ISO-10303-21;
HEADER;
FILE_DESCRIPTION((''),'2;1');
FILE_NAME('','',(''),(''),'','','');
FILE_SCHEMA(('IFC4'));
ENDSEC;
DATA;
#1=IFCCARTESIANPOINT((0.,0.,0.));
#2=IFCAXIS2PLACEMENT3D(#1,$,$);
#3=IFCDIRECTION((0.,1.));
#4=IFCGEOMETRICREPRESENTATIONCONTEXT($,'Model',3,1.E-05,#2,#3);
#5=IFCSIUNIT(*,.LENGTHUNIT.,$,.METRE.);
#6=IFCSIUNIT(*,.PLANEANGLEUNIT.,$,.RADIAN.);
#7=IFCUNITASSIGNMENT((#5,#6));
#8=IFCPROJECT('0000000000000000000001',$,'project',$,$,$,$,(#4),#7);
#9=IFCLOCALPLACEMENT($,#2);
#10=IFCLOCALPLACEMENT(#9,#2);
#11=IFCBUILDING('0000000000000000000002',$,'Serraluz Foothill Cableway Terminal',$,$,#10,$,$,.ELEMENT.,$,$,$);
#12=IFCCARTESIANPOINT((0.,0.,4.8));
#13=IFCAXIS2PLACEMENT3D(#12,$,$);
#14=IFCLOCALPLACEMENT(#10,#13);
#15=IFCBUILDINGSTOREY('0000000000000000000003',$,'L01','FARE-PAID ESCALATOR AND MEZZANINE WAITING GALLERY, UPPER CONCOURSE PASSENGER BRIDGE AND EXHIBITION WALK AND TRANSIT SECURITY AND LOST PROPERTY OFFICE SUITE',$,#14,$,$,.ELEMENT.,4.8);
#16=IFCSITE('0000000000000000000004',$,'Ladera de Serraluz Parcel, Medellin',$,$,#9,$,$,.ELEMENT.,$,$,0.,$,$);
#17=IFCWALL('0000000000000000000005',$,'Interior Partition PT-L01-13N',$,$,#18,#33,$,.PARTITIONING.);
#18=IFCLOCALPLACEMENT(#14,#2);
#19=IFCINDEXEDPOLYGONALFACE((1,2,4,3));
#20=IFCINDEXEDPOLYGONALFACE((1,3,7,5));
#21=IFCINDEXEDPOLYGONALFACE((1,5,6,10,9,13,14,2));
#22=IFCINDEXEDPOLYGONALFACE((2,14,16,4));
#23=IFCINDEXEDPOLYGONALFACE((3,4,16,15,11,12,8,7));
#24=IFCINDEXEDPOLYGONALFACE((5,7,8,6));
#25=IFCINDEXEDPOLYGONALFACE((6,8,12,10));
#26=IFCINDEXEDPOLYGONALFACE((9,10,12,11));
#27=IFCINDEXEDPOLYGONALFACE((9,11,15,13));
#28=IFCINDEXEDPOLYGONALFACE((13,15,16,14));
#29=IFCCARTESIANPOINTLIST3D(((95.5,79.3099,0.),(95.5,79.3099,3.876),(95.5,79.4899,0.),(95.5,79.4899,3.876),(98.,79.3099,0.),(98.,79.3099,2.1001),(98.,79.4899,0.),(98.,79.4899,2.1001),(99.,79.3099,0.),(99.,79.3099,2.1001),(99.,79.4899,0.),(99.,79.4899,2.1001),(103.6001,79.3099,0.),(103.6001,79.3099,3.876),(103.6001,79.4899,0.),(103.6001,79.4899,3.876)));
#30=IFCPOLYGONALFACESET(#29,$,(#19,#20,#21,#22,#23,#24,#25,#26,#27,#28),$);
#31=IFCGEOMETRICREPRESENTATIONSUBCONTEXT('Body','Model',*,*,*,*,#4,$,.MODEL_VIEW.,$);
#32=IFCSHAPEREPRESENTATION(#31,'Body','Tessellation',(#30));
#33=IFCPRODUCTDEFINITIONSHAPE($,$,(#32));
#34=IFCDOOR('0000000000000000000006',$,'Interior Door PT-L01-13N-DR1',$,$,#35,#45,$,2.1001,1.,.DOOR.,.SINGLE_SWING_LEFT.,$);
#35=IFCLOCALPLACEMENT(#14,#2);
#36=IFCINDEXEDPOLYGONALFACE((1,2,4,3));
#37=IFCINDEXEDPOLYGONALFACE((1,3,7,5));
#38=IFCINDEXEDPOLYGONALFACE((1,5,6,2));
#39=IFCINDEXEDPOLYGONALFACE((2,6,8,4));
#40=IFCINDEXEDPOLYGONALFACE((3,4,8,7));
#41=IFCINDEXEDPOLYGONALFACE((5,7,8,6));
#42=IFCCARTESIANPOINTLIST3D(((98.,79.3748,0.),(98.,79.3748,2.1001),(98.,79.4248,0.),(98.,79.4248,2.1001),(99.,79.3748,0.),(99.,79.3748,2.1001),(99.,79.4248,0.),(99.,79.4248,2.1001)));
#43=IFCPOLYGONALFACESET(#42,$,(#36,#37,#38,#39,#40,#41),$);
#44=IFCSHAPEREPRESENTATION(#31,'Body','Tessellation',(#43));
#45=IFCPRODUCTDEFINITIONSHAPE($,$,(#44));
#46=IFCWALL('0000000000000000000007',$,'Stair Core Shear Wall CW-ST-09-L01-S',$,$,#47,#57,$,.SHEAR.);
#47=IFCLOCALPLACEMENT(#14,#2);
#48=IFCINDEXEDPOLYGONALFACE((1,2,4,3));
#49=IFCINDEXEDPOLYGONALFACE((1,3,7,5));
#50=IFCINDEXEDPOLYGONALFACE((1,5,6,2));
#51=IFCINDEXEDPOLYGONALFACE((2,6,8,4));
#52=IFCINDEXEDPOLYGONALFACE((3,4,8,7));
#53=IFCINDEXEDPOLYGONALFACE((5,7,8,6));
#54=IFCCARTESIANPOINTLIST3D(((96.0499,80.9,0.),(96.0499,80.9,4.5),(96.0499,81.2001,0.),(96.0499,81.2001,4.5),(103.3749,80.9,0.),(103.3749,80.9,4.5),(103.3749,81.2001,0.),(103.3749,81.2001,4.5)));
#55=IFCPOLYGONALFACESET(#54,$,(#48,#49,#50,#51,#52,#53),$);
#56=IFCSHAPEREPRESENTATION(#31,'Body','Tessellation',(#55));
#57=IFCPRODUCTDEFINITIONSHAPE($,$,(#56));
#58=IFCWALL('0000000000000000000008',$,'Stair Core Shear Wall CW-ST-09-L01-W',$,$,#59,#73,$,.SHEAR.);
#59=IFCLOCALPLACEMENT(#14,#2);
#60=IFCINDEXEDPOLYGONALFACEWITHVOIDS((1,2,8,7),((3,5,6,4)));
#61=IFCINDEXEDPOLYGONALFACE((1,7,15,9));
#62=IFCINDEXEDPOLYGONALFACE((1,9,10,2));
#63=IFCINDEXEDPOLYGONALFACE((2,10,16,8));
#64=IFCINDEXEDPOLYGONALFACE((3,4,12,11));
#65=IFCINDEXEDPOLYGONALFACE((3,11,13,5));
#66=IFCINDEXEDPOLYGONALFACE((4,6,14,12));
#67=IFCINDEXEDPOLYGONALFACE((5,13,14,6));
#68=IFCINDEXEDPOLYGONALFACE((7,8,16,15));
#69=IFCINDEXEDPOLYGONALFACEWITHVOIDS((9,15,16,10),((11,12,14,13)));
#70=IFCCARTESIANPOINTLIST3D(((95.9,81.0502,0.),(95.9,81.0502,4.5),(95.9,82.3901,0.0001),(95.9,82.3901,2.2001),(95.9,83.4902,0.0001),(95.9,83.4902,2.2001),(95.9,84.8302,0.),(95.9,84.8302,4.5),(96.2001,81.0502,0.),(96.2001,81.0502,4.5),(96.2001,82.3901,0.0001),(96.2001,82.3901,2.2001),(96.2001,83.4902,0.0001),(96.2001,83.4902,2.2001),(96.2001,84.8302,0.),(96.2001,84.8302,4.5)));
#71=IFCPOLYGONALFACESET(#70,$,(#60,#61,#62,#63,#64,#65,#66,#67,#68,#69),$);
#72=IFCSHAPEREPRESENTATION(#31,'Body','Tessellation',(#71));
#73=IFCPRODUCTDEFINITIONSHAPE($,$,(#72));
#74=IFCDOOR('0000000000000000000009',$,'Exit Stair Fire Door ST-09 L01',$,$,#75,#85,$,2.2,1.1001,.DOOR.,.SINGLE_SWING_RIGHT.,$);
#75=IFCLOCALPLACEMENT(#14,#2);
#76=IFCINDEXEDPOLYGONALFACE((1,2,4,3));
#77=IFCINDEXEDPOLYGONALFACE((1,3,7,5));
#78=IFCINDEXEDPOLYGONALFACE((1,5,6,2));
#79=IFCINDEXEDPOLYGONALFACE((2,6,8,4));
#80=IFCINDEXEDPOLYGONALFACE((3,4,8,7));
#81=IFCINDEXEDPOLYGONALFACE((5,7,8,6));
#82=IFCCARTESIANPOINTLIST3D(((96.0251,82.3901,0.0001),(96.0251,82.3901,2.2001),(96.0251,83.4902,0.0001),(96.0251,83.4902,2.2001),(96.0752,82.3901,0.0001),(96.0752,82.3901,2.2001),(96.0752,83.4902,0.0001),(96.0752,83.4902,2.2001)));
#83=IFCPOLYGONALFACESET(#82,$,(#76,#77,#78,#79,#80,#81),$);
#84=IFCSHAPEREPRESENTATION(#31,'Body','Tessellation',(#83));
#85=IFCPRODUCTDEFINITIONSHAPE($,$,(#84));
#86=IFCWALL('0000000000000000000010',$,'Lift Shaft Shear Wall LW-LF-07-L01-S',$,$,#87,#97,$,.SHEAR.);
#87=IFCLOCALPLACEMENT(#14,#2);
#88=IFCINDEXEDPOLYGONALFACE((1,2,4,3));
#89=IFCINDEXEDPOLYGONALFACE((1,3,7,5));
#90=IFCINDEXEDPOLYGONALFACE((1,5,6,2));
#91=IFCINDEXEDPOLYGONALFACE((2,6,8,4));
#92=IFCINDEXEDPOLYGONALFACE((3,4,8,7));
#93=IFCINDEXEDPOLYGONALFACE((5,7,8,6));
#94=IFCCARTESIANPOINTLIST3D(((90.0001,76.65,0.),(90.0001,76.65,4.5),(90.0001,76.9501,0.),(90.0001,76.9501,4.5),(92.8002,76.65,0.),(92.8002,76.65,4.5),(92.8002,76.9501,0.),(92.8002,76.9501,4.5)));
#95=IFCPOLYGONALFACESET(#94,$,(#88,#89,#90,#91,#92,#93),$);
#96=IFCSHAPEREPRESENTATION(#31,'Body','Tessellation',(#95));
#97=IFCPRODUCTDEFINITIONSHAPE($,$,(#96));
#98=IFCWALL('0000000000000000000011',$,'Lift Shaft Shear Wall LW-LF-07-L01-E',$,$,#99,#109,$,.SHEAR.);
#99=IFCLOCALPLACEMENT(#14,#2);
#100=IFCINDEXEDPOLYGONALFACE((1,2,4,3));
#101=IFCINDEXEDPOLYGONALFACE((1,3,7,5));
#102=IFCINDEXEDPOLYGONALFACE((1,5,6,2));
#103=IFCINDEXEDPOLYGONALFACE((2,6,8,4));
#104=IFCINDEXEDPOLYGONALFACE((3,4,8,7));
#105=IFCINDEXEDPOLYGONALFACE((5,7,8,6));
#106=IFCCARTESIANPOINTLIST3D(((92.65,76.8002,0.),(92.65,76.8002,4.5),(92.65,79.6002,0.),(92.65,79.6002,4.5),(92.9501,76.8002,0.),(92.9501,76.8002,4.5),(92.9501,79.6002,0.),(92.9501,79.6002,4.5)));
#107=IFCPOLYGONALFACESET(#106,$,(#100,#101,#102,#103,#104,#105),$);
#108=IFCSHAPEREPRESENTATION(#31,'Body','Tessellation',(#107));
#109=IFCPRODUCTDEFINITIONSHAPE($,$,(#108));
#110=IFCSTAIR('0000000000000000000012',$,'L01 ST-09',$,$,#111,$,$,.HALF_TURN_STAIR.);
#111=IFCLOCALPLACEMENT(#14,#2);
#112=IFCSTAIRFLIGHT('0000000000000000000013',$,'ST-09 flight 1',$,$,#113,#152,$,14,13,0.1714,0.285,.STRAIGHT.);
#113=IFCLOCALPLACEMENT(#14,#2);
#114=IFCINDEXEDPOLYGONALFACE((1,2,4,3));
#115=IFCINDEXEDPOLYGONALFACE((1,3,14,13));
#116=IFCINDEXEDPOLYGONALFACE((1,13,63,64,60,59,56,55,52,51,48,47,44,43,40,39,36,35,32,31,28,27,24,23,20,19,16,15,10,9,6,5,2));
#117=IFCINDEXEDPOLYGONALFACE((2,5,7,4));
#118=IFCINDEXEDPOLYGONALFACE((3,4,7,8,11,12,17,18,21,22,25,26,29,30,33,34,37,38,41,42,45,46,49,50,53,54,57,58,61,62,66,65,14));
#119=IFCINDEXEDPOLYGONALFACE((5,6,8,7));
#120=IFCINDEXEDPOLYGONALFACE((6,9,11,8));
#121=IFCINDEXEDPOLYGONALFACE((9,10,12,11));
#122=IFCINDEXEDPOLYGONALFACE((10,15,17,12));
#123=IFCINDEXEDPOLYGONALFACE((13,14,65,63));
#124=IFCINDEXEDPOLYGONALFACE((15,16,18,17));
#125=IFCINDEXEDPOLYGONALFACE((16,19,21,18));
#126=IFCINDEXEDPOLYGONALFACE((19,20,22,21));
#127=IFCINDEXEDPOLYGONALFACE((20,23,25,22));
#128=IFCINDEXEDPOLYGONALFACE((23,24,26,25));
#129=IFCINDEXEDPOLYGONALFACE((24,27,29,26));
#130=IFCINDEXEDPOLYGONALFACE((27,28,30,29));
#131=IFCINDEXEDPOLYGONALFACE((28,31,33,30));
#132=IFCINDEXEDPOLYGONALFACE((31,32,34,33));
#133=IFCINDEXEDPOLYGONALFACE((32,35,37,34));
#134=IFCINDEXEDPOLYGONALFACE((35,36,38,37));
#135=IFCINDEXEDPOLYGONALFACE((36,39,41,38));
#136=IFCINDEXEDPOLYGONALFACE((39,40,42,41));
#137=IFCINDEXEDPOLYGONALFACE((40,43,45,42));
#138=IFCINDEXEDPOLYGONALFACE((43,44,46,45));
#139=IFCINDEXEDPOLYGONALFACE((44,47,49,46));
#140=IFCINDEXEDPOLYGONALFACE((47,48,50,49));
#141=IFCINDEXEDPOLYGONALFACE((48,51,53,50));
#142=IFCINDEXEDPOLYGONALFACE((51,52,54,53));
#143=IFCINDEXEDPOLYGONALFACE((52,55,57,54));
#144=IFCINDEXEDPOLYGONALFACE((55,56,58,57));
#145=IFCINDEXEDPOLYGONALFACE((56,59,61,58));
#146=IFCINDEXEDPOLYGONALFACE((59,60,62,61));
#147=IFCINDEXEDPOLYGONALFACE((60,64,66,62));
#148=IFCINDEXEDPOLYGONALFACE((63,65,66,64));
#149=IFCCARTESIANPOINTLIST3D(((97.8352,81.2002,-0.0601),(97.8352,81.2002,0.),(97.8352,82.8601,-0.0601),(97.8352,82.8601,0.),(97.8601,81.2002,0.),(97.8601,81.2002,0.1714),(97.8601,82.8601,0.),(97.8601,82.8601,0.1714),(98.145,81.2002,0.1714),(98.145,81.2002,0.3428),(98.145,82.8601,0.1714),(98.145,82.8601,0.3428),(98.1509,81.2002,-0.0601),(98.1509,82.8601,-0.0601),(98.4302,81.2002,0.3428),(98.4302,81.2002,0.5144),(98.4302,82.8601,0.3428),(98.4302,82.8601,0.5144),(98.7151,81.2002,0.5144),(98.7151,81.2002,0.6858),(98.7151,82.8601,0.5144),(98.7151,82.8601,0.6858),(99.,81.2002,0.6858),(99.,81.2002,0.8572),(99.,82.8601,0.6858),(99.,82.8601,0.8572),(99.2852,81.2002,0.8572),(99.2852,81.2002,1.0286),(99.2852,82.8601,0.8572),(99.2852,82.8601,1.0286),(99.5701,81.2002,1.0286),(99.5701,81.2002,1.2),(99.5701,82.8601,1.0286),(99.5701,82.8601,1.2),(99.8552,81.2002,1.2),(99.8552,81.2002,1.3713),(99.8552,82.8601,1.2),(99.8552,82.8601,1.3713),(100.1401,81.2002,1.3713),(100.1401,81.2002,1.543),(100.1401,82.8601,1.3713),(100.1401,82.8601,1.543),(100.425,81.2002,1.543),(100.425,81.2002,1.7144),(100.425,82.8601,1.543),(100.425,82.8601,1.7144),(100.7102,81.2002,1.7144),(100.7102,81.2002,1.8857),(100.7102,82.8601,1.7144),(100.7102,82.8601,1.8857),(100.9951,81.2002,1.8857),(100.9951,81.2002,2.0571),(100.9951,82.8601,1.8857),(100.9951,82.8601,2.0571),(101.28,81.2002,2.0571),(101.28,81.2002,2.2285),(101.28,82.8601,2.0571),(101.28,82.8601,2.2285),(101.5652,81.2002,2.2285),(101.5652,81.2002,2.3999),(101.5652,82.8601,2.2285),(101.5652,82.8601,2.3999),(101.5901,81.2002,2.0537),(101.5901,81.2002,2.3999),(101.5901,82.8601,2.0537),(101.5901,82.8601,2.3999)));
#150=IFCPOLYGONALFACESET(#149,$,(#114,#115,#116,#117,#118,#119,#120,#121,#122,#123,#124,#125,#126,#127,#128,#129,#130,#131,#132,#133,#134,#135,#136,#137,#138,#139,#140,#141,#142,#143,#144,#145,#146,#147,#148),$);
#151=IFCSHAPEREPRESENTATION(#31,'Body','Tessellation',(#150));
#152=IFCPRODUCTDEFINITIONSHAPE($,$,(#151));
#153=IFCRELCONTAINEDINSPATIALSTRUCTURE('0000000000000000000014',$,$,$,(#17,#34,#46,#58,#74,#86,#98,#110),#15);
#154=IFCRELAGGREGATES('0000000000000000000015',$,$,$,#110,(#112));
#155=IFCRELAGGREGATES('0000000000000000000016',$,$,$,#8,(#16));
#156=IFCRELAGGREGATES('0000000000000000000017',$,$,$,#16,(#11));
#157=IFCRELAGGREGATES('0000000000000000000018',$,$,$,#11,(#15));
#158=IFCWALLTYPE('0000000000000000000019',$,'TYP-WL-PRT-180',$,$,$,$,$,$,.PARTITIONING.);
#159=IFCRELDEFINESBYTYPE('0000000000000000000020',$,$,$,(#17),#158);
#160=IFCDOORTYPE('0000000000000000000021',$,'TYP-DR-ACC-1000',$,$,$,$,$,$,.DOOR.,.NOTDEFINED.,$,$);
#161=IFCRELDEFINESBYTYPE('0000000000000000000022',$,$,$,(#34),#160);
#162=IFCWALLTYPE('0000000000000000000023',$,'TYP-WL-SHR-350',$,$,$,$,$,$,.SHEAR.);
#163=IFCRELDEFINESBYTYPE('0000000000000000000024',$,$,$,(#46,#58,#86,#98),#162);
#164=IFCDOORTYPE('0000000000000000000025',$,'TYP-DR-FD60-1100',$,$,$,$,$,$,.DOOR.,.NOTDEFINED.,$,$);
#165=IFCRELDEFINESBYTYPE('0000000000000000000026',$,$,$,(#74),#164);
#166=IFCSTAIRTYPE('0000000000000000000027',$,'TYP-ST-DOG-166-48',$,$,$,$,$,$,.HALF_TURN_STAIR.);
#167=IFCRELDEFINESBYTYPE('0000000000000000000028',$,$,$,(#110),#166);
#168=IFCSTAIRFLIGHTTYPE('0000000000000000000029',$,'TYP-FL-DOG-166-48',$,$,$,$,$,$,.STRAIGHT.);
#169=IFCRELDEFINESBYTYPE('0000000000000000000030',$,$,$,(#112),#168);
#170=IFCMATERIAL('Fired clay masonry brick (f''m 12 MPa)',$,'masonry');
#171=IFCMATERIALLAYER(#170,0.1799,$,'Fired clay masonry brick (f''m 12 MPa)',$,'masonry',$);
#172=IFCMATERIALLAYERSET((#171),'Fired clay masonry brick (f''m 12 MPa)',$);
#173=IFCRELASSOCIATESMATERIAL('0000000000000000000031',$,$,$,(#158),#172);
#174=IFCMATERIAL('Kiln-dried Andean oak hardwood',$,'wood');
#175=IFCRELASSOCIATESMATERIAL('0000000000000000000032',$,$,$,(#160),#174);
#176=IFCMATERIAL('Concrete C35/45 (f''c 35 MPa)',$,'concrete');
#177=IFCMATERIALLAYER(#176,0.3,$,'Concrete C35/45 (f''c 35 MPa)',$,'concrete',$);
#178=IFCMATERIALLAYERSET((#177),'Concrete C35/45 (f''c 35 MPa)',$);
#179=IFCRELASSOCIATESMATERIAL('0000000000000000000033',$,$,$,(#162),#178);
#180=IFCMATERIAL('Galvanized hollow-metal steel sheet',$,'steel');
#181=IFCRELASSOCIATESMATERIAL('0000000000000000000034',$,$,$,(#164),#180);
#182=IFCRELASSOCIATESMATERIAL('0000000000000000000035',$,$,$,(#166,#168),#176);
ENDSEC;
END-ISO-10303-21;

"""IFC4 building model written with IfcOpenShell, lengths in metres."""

from ifc_helpers import new_model, si_unit, direction, frame, frame_2d, origin, place, context, subcontext, project, spatial, polyline, rectangle, outline, extrude, material, layer, layer_set, type_object, element, fill, aggregate, save


model = new_model("IFC4")

# Units and contexts
model_context = context("Model", 3, precision=1e-05, world=origin(), true_north=direction((0.0, 1.0)))
body_context = subcontext(model_context, "Body", "Model", "MODEL_VIEW")
ifc_project = project(units=[si_unit("LENGTHUNIT", "METRE"), si_unit("PLANEANGLEUNIT", "RADIAN")], contexts=[model_context])

# Site, building, storey
site_placement = place(None, origin())
site = spatial("IfcSite", under=ifc_project, at=site_placement, Name="Ladera de Serraluz Parcel, Medellin", CompositionType="ELEMENT", RefElevation=0.0)
building_placement = place(site_placement, origin())
building = spatial("IfcBuilding", under=site, at=building_placement, Name="Serraluz Foothill Cableway Terminal", CompositionType="ELEMENT")
storey_placement = place(building_placement, frame((0.0, 0.0, 4.8)))
storey = spatial("IfcBuildingStorey", under=building, at=storey_placement, Name="L01", Description="FARE-PAID ESCALATOR AND MEZZANINE WAITING GALLERY, UPPER CONCOURSE PASSENGER BRIDGE AND EXHIBITION WALK AND TRANSIT SECURITY AND LOST PROPERTY OFFICE SUITE", CompositionType="ELEMENT", Elevation=4.8)

# Shared definitions
ifc_material_1 = material(Name="Concrete C35/45 (f'c 35 MPa)", Category="concrete")

# Wall, opening, door
ifc_material_2 = material(Name="Fired clay masonry brick (f'm 12 MPa)", Category="masonry")
ifc_layer_1 = layer(ifc_material_2, 0.1799, Name="Fired clay masonry brick (f'm 12 MPa)", Category="masonry")
ifc_layer_set_1 = layer_set([ifc_layer_1], Name="Fired clay masonry brick (f'm 12 MPa)")
wall_type_1 = type_object("IfcWallType", Name="TYP-WL-PRT-180", PredefinedType="PARTITIONING", material=ifc_layer_set_1)
wall_1_placement = place(storey_placement, frame((95.5, 79.3999, 0.0), z_axis=(0.0, 0.0, 1.0), x_axis=(1.0, 0.0, 0.0)))
wall_1 = element("IfcWall", 1, at=wall_1_placement, inside=storey, type_object=wall_type_1, Name="Interior Partition PT-L01-13N", PredefinedType="PARTITIONING", context=body_context, shape_type="SweptSolid", body=[
    extrude(rectangle(XDim=8.1001, YDim=0.1799, at=frame_2d((4.05, 0.0))), origin(), (0.0, 0.0, 1.0), 3.876),
])
opening_1_placement = place(wall_1_placement, frame((2.5, 0.0, 0.0)))
opening_1 = element("IfcOpeningElement", 2, at=opening_1_placement, cuts=wall_1, PredefinedType="OPENING", context=body_context, shape_type="SweptSolid", body=[
    extrude(rectangle(XDim=1.0, YDim=2.1001, at=frame_2d((0.5, 1.05))), frame((0.0, 0.1001, 0.0), z_axis=(0.0, -1.0, 0.0), x_axis=(1.0, 0.0, 0.0)), (0.0, 0.0, 1.0), 0.2),
])
ifc_material_3 = material(Name="Kiln-dried Andean oak hardwood", Category="wood")
door_type_1 = type_object("IfcDoorType", Name="TYP-DR-ACC-1000", OperationType="NOTDEFINED", PredefinedType="DOOR", material=ifc_material_3)
door_1_placement = place(opening_1_placement, origin())
door_1 = element("IfcDoor", 3, at=door_1_placement, inside=storey, type_object=door_type_1, Name="Interior Door PT-L01-13N-DR1", OperationType="SINGLE_SWING_LEFT", OverallHeight=2.1001, OverallWidth=1.0, PredefinedType="DOOR", context=body_context, shape_type="SweptSolid", body=[
    extrude(rectangle(XDim=1.0, YDim=2.1001, at=frame_2d((0.5, 1.05))), frame((0.0, 0.0249, 0.0), z_axis=(0.0, -1.0, 0.0), x_axis=(1.0, 0.0, 0.0)), (0.0, 0.0, 1.0), 0.05),
])
fill(opening_1, door_1)

# Wall
ifc_layer_2 = layer(ifc_material_1, 0.3, Name="Concrete C35/45 (f'c 35 MPa)", Category="concrete")
ifc_layer_set_2 = layer_set([ifc_layer_2], Name="Concrete C35/45 (f'c 35 MPa)")
wall_type_2 = type_object("IfcWallType", Name="TYP-WL-SHR-350", PredefinedType="SHEAR", material=ifc_layer_set_2)
wall_2_placement = place(storey_placement, frame((103.375, 81.05, 0.0), z_axis=(0.0, 0.0, 1.0), x_axis=(-1.0, 0.0, 0.0)))
element("IfcWall", 4, at=wall_2_placement, inside=storey, type_object=wall_type_2, Name="Stair Core Shear Wall CW-ST-09-L01-S", PredefinedType="SHEAR", context=body_context, shape_type="SweptSolid", body=[
    extrude(rectangle(XDim=7.325, YDim=0.3, at=frame_2d((3.6626, 0.0))), origin(), (0.0, 0.0, 1.0), 4.5),
])

# Wall, opening, door
wall_3_placement = place(storey_placement, frame((96.05, 81.05, 0.0), z_axis=(0.0, 0.0, 1.0), x_axis=(0.0, 1.0, 0.0)))
wall_3 = element("IfcWall", 5, at=wall_3_placement, inside=storey, type_object=wall_type_2, Name="Stair Core Shear Wall CW-ST-09-L01-W", PredefinedType="SHEAR", context=body_context, shape_type="SweptSolid", body=[
    extrude(rectangle(XDim=3.78, YDim=0.3, at=frame_2d((1.8901, 0.0))), origin(), (0.0, 0.0, 1.0), 4.5),
])
opening_2_placement = place(wall_3_placement, frame((1.3401, 0.0, 0.0)))
opening_2 = element("IfcOpeningElement", 6, at=opening_2_placement, cuts=wall_3, PredefinedType="OPENING", context=body_context, shape_type="SweptSolid", body=[
    extrude(rectangle(XDim=1.1001, YDim=2.2, at=frame_2d((0.55, 1.1001))), frame((0.0, 0.1602, 0.0), z_axis=(0.0, -1.0, 0.0), x_axis=(1.0, 0.0, 0.0)), (0.0, 0.0, 1.0), 0.3201),
])
ifc_material_4 = material(Name="Galvanized hollow-metal steel sheet", Category="steel")
door_type_2 = type_object("IfcDoorType", Name="TYP-DR-FD60-1100", OperationType="NOTDEFINED", PredefinedType="DOOR", material=ifc_material_4)
door_2_placement = place(opening_2_placement, origin())
door_2 = element("IfcDoor", 7, at=door_2_placement, inside=storey, type_object=door_type_2, Name="Exit Stair Fire Door ST-09 L01", OperationType="SINGLE_SWING_RIGHT", OverallHeight=2.2, OverallWidth=1.1001, PredefinedType="DOOR", context=body_context, shape_type="SweptSolid", body=[
    extrude(rectangle(XDim=1.1001, YDim=2.2, at=frame_2d((0.55, 1.1001))), frame((0.0, 0.0249, 0.0), z_axis=(0.0, -1.0, 0.0), x_axis=(1.0, 0.0, 0.0)), (0.0, 0.0, 1.0), 0.05),
])
fill(opening_2, door_2)

# Walls
for number, where, z_axis, x_axis, name in (
    (8, (92.8, 76.8, 0.0), (0.0, 0.0, 1.0), (-1.0, 0.0, 0.0), "Lift Shaft Shear Wall LW-LF-07-L01-S"),
    (9, (92.8, 79.6001, 0.0), (0.0, 0.0, 1.0), (0.0, -1.0, 0.0), "Lift Shaft Shear Wall LW-LF-07-L01-E"),
):
    element("IfcWall", number, at=place(storey_placement, frame(where, z_axis=z_axis, x_axis=x_axis)), inside=storey, type_object=wall_type_2, Name=name, PredefinedType="SHEAR", context=body_context, shape_type="SweptSolid", body=[
        extrude(rectangle(XDim=2.8, YDim=0.3, at=frame_2d((1.3999, 0.0))), origin(), (0.0, 0.0, 1.0), 4.5),
    ])

# Stair, stair flight
stair_type = type_object("IfcStairType", Name="TYP-ST-DOG-166-48", PredefinedType="HALF_TURN_STAIR", material=ifc_material_1)
stair_placement = place(storey_placement, origin())
stair = element("IfcStair", 10, at=stair_placement, inside=storey, type_object=stair_type, Name="L01 ST-09", PredefinedType="HALF_TURN_STAIR")
stair_flight_type = type_object("IfcStairFlightType", Name="TYP-FL-DOG-166-48", PredefinedType="STRAIGHT", material=ifc_material_1)
stair_flight_1_placement = place(storey_placement, frame((97.8601, 82.03, 0.0), z_axis=(0.0, 0.0, 1.0), x_axis=(1.0, 0.0, 0.0)))
stair_flight_1 = element("IfcStairFlight", 11, at=stair_flight_1_placement, type_object=stair_flight_type, Name="ST-09 flight 1", NumberOfRisers=14, NumberOfTreads=13, PredefinedType="STRAIGHT", RiserHeight=0.1714, TreadLength=0.285, context=body_context, shape_type="SweptSolid", body=[
    extrude(outline(polyline([(-0.0249, -0.0601), (-0.0249, 0.0), (0.0, 0.0), (0.0, 0.1714), (0.2849, 0.1714), (0.2849, 0.3428), (0.5701, 0.3428), (0.5701, 0.5144), (0.855, 0.5144), (0.855, 0.6858), (1.1399, 0.6858), (1.1399, 0.8572), (1.425, 0.8572), (1.425, 1.0286), (1.71, 1.0286), (1.71, 1.2), (1.9951, 1.2), (1.9951, 1.3713), (2.28, 1.3713), (2.28, 1.543), (2.5649, 1.543), (2.5649, 1.7144), (2.8501, 1.7144), (2.8501, 1.8857), (3.135, 1.8857), (3.135, 2.0571), (3.4199, 2.0571), (3.4199, 2.2285), (3.7051, 2.2285), (3.7051, 2.3999), (3.73, 2.3999), (3.73, 2.0537), (0.2908, -0.0601), (-0.0249, -0.0601)])), frame((0.0, 0.8301, 0.0), z_axis=(0.0, -1.0, 0.0), x_axis=(1.0, 0.0, 0.0)), (0.0, 0.0, 1.0), 1.6599),
])
aggregate(stair, [stair_flight_1])

save(model, "model.ifc")
